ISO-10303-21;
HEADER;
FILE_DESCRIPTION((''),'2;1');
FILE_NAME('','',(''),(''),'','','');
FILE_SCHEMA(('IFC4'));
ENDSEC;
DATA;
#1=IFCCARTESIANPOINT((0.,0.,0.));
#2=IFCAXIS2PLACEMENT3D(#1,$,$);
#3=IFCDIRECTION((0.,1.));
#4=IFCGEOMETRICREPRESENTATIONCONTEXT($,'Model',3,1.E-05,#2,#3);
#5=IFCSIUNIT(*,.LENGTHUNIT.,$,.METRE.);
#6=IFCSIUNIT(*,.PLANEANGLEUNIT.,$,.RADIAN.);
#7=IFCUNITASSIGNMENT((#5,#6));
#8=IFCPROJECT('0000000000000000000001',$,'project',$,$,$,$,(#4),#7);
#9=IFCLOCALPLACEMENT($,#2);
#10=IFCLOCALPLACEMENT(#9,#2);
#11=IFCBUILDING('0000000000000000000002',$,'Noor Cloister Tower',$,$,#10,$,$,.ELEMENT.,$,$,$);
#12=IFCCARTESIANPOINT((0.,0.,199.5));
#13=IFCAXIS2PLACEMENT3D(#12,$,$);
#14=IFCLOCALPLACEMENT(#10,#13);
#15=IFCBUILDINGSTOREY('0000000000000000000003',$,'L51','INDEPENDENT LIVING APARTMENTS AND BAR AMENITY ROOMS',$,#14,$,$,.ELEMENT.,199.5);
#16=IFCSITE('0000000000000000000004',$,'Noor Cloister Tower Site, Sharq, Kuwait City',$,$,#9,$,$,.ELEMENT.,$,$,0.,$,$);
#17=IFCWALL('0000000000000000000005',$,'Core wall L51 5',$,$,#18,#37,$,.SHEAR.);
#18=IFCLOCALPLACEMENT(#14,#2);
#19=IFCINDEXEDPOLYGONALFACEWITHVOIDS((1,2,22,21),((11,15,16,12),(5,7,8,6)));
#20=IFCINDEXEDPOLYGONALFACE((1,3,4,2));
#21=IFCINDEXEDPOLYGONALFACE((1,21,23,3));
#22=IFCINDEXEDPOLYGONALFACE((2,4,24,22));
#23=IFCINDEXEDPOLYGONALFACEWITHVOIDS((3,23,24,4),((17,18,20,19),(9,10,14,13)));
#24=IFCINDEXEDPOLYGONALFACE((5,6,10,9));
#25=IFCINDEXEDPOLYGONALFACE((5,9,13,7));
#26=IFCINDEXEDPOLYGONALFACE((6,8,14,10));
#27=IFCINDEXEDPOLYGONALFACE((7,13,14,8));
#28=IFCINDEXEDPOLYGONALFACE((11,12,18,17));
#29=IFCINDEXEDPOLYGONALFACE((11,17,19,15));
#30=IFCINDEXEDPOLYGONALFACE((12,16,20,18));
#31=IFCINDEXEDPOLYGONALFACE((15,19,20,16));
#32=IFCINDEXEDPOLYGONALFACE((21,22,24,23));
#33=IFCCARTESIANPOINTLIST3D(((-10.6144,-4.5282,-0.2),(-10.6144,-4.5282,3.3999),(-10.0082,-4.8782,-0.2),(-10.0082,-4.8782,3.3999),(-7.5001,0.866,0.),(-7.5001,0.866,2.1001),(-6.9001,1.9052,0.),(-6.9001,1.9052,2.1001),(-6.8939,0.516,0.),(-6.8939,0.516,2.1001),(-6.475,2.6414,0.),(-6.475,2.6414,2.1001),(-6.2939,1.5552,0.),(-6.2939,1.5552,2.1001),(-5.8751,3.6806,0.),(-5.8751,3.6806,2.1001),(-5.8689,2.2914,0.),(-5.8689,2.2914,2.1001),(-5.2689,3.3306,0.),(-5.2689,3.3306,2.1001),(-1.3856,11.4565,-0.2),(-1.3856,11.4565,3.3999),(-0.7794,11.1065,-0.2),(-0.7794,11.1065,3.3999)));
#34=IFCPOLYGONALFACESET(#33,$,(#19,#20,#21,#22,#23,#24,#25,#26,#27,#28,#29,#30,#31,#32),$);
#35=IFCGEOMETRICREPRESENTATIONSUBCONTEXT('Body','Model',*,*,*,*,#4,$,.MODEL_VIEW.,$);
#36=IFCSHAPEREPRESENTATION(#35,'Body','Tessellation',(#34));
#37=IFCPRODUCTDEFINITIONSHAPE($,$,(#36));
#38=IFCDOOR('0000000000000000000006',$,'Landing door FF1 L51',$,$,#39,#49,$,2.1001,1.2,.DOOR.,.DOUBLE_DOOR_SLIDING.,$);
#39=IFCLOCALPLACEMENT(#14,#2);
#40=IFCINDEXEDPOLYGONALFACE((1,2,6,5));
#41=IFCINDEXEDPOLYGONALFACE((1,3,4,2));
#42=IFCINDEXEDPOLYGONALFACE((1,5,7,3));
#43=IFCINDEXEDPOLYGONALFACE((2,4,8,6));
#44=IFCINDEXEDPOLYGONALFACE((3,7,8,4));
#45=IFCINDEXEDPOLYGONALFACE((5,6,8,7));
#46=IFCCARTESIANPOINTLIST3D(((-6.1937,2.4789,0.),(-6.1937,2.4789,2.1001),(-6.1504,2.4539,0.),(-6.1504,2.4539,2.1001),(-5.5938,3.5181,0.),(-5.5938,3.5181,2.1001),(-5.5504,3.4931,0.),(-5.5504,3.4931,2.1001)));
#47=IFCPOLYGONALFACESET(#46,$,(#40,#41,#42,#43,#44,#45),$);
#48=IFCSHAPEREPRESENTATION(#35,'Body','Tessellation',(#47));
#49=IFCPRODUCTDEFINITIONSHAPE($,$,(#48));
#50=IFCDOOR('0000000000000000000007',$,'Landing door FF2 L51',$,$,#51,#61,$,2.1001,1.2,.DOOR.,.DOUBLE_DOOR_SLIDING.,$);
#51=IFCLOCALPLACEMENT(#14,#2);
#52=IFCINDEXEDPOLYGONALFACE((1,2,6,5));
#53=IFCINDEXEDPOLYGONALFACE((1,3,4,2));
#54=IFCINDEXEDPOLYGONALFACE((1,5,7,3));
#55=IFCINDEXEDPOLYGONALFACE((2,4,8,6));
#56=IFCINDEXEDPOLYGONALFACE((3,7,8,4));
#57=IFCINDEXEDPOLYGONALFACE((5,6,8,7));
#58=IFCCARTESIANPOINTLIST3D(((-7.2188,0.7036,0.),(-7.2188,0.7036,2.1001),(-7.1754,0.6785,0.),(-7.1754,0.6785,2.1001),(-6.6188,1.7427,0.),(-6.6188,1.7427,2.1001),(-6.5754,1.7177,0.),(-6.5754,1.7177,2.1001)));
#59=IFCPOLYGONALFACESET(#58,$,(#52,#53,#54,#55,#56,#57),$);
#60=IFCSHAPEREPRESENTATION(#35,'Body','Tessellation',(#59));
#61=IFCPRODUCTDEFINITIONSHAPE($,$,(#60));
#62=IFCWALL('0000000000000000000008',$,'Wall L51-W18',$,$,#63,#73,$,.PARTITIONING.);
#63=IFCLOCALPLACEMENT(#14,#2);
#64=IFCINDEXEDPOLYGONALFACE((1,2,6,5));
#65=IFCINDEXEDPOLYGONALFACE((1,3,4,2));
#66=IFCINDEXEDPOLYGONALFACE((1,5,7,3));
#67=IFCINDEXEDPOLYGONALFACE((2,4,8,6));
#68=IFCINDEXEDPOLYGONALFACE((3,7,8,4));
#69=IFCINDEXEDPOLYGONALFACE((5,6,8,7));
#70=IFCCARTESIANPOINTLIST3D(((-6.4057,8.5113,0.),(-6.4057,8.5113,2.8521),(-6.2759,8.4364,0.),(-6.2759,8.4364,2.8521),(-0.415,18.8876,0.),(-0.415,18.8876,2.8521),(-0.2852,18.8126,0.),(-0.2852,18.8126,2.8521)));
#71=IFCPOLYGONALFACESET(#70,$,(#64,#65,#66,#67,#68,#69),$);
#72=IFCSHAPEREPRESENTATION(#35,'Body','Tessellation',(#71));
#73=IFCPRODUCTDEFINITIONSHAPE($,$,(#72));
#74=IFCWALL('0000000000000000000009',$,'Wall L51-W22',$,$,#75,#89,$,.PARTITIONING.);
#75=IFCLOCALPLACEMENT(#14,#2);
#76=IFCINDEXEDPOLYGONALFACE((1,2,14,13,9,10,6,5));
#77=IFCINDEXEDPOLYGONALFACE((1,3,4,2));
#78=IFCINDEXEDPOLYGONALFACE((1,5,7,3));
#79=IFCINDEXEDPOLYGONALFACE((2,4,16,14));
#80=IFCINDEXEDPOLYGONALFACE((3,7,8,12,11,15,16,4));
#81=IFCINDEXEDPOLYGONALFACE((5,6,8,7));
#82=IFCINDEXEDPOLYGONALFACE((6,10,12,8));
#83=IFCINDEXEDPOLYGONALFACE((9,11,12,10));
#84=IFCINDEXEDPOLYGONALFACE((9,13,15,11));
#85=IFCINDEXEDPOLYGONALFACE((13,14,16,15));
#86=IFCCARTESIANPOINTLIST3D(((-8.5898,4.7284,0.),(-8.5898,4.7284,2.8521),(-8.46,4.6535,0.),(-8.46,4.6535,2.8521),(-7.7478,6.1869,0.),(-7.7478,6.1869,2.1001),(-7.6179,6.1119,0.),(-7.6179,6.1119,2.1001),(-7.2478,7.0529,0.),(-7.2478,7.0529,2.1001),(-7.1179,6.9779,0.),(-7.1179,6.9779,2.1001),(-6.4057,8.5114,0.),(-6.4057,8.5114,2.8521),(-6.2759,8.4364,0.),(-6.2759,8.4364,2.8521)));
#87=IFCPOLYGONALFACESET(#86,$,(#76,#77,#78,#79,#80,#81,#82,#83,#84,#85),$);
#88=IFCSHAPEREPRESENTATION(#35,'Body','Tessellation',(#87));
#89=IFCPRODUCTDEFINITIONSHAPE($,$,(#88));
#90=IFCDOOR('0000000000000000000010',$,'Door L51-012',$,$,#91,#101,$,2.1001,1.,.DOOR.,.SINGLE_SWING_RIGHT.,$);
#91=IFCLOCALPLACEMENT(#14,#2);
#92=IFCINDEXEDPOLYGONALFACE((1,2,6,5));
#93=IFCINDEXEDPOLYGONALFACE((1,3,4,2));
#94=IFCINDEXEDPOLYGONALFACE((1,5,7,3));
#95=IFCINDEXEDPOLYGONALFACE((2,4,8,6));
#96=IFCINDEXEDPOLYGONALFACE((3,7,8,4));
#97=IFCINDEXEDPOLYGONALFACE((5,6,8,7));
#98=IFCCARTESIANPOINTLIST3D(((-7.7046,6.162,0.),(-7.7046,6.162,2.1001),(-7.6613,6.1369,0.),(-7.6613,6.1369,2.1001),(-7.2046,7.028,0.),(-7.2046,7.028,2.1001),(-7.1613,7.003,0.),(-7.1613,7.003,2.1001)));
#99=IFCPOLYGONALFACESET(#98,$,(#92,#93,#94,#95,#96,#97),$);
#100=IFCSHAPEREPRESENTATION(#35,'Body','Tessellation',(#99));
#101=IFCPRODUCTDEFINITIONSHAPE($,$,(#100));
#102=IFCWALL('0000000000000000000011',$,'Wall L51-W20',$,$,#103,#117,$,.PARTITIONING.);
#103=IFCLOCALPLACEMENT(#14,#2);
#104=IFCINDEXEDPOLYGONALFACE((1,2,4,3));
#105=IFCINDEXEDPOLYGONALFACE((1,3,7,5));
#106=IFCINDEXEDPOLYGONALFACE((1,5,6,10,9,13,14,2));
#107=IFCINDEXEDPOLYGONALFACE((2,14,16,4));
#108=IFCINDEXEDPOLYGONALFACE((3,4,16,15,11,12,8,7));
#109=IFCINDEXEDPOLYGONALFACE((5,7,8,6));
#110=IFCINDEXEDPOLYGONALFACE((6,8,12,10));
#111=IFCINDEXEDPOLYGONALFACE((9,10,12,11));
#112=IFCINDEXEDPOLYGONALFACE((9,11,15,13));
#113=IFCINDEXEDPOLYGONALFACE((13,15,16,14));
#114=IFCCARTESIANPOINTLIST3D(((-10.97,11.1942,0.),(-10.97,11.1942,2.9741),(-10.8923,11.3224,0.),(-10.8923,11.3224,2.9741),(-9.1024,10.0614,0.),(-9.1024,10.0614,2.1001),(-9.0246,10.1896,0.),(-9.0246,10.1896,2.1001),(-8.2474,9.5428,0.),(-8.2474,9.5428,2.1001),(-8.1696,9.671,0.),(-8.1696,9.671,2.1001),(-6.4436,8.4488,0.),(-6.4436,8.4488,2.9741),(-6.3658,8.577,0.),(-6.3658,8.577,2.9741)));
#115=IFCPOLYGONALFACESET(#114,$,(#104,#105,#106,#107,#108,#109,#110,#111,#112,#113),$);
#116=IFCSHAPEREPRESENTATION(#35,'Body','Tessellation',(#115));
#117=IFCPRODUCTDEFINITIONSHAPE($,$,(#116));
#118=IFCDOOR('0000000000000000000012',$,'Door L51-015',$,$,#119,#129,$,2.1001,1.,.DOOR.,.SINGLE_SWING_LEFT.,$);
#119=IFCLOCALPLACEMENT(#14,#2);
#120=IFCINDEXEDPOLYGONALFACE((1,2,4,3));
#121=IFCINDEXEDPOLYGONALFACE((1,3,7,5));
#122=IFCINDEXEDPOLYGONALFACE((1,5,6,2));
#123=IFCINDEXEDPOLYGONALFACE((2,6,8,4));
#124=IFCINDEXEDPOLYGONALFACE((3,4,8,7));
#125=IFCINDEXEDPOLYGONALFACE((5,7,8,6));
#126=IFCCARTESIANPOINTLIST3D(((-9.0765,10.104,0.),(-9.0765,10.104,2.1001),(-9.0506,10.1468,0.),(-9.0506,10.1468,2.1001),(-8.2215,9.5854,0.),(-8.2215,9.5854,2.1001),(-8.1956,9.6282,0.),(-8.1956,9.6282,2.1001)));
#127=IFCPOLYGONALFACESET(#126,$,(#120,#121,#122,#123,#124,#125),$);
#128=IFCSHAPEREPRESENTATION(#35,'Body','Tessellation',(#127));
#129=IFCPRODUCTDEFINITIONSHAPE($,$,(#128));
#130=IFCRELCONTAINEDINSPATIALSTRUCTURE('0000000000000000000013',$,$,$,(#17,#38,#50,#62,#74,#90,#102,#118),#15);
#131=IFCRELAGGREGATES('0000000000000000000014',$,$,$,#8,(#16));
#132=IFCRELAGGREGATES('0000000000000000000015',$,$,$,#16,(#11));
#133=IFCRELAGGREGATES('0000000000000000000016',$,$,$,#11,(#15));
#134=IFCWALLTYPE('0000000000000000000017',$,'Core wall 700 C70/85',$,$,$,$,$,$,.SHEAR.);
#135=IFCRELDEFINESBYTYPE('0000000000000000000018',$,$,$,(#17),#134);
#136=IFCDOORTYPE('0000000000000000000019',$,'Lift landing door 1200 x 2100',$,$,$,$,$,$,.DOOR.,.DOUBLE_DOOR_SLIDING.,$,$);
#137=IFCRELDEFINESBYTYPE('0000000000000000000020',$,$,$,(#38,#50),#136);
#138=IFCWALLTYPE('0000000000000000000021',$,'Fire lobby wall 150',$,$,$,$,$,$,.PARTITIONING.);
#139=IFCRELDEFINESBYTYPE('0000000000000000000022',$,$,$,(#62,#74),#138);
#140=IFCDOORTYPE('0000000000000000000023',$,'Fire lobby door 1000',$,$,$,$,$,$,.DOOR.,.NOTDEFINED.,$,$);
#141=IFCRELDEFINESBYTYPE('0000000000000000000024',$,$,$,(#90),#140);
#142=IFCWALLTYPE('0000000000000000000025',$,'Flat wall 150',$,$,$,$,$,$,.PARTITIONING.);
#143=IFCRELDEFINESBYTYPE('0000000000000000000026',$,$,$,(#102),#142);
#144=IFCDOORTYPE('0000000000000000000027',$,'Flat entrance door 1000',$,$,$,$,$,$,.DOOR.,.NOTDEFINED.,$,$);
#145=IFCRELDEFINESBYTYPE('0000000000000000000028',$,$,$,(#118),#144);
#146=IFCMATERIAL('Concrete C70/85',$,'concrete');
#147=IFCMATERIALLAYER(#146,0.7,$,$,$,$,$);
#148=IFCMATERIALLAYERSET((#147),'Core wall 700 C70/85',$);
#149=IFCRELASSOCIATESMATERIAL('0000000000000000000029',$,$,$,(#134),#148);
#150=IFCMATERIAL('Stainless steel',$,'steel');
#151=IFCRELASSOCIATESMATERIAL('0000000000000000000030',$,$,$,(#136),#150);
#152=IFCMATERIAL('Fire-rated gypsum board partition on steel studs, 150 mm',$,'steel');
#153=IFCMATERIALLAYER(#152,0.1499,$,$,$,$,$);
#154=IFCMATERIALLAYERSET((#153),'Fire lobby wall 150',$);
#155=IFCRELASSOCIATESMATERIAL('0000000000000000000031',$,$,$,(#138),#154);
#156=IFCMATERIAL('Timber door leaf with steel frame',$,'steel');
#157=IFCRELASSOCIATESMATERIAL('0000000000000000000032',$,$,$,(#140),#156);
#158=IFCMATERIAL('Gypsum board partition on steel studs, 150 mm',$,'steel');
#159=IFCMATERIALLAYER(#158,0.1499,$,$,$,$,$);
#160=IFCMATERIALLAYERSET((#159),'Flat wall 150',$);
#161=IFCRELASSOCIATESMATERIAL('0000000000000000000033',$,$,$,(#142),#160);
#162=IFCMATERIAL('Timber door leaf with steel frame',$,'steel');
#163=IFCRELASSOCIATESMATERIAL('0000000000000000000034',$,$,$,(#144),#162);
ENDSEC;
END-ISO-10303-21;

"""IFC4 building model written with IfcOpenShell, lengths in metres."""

from ifc_helpers import new_model, si_unit, direction, frame, frame_2d, origin, place, context, subcontext, project, spatial, rectangle, extrude, material, layer, layer_set, type_object, element, fill, save


model = new_model("IFC4")

# Units and contexts
model_context = context("Model", 3, precision=1e-05, world=origin(), true_north=direction((0.0, 1.0)))
body_context = subcontext(model_context, "Body", "Model", "MODEL_VIEW")
ifc_project = project(units=[si_unit("LENGTHUNIT", "METRE"), si_unit("PLANEANGLEUNIT", "RADIAN")], contexts=[model_context])

# Site, building, storey
site_placement = place(None, origin())
site = spatial("IfcSite", under=ifc_project, at=site_placement, Name="Noor Cloister Tower Site, Sharq, Kuwait City", CompositionType="ELEMENT", RefElevation=0.0)
building_placement = place(site_placement, origin())
building = spatial("IfcBuilding", under=site, at=building_placement, Name="Noor Cloister Tower", CompositionType="ELEMENT")
storey_placement = place(building_placement, frame((0.0, 0.0, 199.5)))
storey = spatial("IfcBuildingStorey", under=building, at=storey_placement, Name="L51", Description="INDEPENDENT LIVING APARTMENTS AND BAR AMENITY ROOMS", CompositionType="ELEMENT", Elevation=199.5)

# Wall, openings, doors
ifc_material_1 = material(Name="Concrete C70/85", Category="concrete")
ifc_layer_1 = layer(ifc_material_1, 0.7)
ifc_layer_set_1 = layer_set([ifc_layer_1], Name="Core wall 700 C70/85")
wall_type_1 = type_object("IfcWallType", Name="Core wall 700 C70/85", PredefinedType="SHEAR", material=ifc_layer_set_1)
wall_1_placement = place(storey_placement, frame((-1.0825, 11.2815, -0.2), z_axis=(0.0, 0.0, 1.0), x_axis=(-0.500001, -0.866025, 0.0)))
wall_1 = element("IfcWall", 1, at=wall_1_placement, inside=storey, type_object=wall_type_1, Name="Core wall L51 5", PredefinedType="SHEAR", context=body_context, shape_type="SweptSolid", body=[
    extrude(rectangle(XDim=18.4575, YDim=0.7, at=frame_2d((9.2288, 0.0))), origin(), (0.0, 0.0, 1.0), 3.5999),
])
opening_1_placement = place(wall_1_placement, frame((8.9788, 0.0, 0.2)))
opening_1 = element("IfcOpeningElement", 2, at=opening_1_placement, cuts=wall_1, PredefinedType="OPENING", context=body_context, shape_type="SweptSolid", body=[
    extrude(rectangle(XDim=1.2, YDim=2.1001, at=frame_2d((0.6001, 1.05))), frame((0.0, 0.3599, 0.0), z_axis=(0.0, -1.0, 0.0), x_axis=(1.0, 0.0, 0.0)), (0.0, 0.0, 1.0), 0.72),
])
opening_2_placement = place(wall_1_placement, frame((11.0288, 0.0, 0.2)))
opening_2 = element("IfcOpeningElement", 3, at=opening_2_placement, cuts=wall_1, PredefinedType="OPENING", context=body_context, shape_type="SweptSolid", body=[
    extrude(rectangle(XDim=1.2, YDim=2.1001, at=frame_2d((0.6001, 1.05))), frame((0.0, 0.3599, 0.0), z_axis=(0.0, -1.0, 0.0), x_axis=(1.0, 0.0, 0.0)), (0.0, 0.0, 1.0), 0.72),
])
ifc_material_2 = material(Name="Stainless steel", Category="steel")
door_type_1 = type_object("IfcDoorType", Name="Lift landing door 1200 x 2100", OperationType="DOUBLE_DOOR_SLIDING", PredefinedType="DOOR", material=ifc_material_2)
door_1_placement = place(opening_1_placement, origin())
door_1 = element("IfcDoor", 4, at=door_1_placement, inside=storey, type_object=door_type_1, Name="Landing door FF1 L51", OperationType="DOUBLE_DOOR_SLIDING", OverallHeight=2.1001, OverallWidth=1.2, PredefinedType="DOOR", context=body_context, shape_type="SweptSolid", body=[
    extrude(rectangle(XDim=1.2, YDim=2.1001, at=frame_2d((0.6001, 1.05))), frame((0.0, 0.0249, 0.0), z_axis=(0.0, -1.0, 0.0), x_axis=(1.0, 0.0, 0.0)), (0.0, 0.0, 1.0), 0.05),
])
fill(opening_1, door_1)
door_2_placement = place(opening_2_placement, origin())
door_2 = element("IfcDoor", 5, at=door_2_placement, inside=storey, type_object=door_type_1, Name="Landing door FF2 L51", OperationType="DOUBLE_DOOR_SLIDING", OverallHeight=2.1001, OverallWidth=1.2, PredefinedType="DOOR", context=body_context, shape_type="SweptSolid", body=[
    extrude(rectangle(XDim=1.2, YDim=2.1001, at=frame_2d((0.6001, 1.05))), frame((0.0, 0.0249, 0.0), z_axis=(0.0, -1.0, 0.0), x_axis=(1.0, 0.0, 0.0)), (0.0, 0.0, 1.0), 0.05),
])
fill(opening_2, door_2)

# Wall
ifc_material_3 = material(Name="Fire-rated gypsum board partition on steel studs, 150 mm", Category="steel")
ifc_layer_2 = layer(ifc_material_3, 0.1499)
ifc_layer_set_2 = layer_set([ifc_layer_2], Name="Fire lobby wall 150")
wall_type_2 = type_object("IfcWallType", Name="Fire lobby wall 150", PredefinedType="PARTITIONING", material=ifc_layer_set_2)
wall_2_placement = place(storey_placement, frame((-0.3501, 18.8501, 0.0), z_axis=(0.0, 0.0, 1.0), x_axis=(-0.500001, -0.866025, 0.0)))
element("IfcWall", 6, at=wall_2_placement, inside=storey, type_object=wall_type_2, Name="Wall L51-W18", PredefinedType="PARTITIONING", context=body_context, shape_type="SweptSolid", body=[
    extrude(rectangle(XDim=11.9814, YDim=0.1499, at=frame_2d((5.9907, 0.0))), origin(), (0.0, 0.0, 1.0), 2.8521),
])

# Walls, openings, doors
wall_3_placement = place(storey_placement, frame((-6.3408, 8.4739, 0.0), z_axis=(0.0, 0.0, 1.0), x_axis=(-0.499998, -0.866026, 0.0)))
wall_3 = element("IfcWall", 7, at=wall_3_placement, inside=storey, type_object=wall_type_2, Name="Wall L51-W22", PredefinedType="PARTITIONING", context=body_context, shape_type="SweptSolid", body=[
    extrude(rectangle(XDim=4.3682, YDim=0.1499, at=frame_2d((2.1841, 0.0))), origin(), (0.0, 0.0, 1.0), 2.8521),
])
opening_3_placement = place(wall_3_placement, frame((1.6841, 0.0, 0.0)))
opening_3 = element("IfcOpeningElement", 8, at=opening_3_placement, cuts=wall_3, PredefinedType="OPENING", context=body_context, shape_type="SweptSolid", body=[
    extrude(rectangle(XDim=1.0, YDim=2.1001, at=frame_2d((0.5, 1.05))), frame((0.0, 0.085, 0.0), z_axis=(0.0, -1.0, 0.0), x_axis=(1.0, 0.0, 0.0)), (0.0, 0.0, 1.0), 0.1699),
])
ifc_material_4 = material(Name="Timber door leaf with steel frame", Category="steel")
door_type_2 = type_object("IfcDoorType", Name="Fire lobby door 1000", OperationType="NOTDEFINED", PredefinedType="DOOR", material=ifc_material_4)
door_3_placement = place(opening_3_placement, origin())
door_3 = element("IfcDoor", 9, at=door_3_placement, inside=storey, type_object=door_type_2, Name="Door L51-012", OperationType="SINGLE_SWING_RIGHT", OverallHeight=2.1001, OverallWidth=1.0, PredefinedType="DOOR", context=body_context, shape_type="SweptSolid", body=[
    extrude(rectangle(XDim=1.0, YDim=2.1001, at=frame_2d((0.5, 1.05))), frame((0.0, 0.0249, 0.0), z_axis=(0.0, -1.0, 0.0), x_axis=(1.0, 0.0, 0.0)), (0.0, 0.0, 1.0), 0.05),
])
fill(opening_3, door_3)
ifc_material_5 = material(Name="Gypsum board partition on steel studs, 150 mm", Category="steel")
ifc_layer_3 = layer(ifc_material_5, 0.1499)
ifc_layer_set_3 = layer_set([ifc_layer_3], Name="Flat wall 150")
wall_type_3 = type_object("IfcWallType", Name="Flat wall 150", PredefinedType="PARTITIONING", material=ifc_layer_set_3)
wall_4_placement = place(storey_placement, frame((-10.9312, 11.2583, 0.0), z_axis=(0.0, 0.0, 1.0), x_axis=(0.855021, -0.518593, 0.0)))
wall_4 = element("IfcWall", 10, at=wall_4_placement, inside=storey, type_object=wall_type_3, Name="Wall L51-W20", PredefinedType="PARTITIONING", context=body_context, shape_type="SweptSolid", body=[
    extrude(rectangle(XDim=5.2939, YDim=0.1499, at=frame_2d((2.647, 0.0))), origin(), (0.0, 0.0, 1.0), 2.9741),
])
opening_4_placement = place(wall_4_placement, frame((2.1843, 0.0, 0.0)))
opening_4 = element("IfcOpeningElement", 11, at=opening_4_placement, cuts=wall_4, PredefinedType="OPENING", context=body_context, shape_type="SweptSolid", body=[
    extrude(rectangle(XDim=1.0, YDim=2.1001, at=frame_2d((0.5, 1.05))), frame((0.0, 0.085, 0.0), z_axis=(0.0, -1.0, 0.0), x_axis=(1.0, 0.0, 0.0)), (0.0, 0.0, 1.0), 0.1699),
])
ifc_material_6 = material(Name="Timber door leaf with steel frame", Category="steel")
door_type_3 = type_object("IfcDoorType", Name="Flat entrance door 1000", OperationType="NOTDEFINED", PredefinedType="DOOR", material=ifc_material_6)
door_4_placement = place(opening_4_placement, origin())
door_4 = element("IfcDoor", 12, at=door_4_placement, inside=storey, type_object=door_type_3, Name="Door L51-015", OperationType="SINGLE_SWING_LEFT", OverallHeight=2.1001, OverallWidth=1.0, PredefinedType="DOOR", context=body_context, shape_type="SweptSolid", body=[
    extrude(rectangle(XDim=1.0, YDim=2.1001, at=frame_2d((0.5, 1.05))), frame((0.0, 0.0249, 0.0), z_axis=(0.0, -1.0, 0.0), x_axis=(1.0, 0.0, 0.0)), (0.0, 0.0, 1.0), 0.05),
])
fill(opening_4, door_4)

save(model, "model.ifc")
